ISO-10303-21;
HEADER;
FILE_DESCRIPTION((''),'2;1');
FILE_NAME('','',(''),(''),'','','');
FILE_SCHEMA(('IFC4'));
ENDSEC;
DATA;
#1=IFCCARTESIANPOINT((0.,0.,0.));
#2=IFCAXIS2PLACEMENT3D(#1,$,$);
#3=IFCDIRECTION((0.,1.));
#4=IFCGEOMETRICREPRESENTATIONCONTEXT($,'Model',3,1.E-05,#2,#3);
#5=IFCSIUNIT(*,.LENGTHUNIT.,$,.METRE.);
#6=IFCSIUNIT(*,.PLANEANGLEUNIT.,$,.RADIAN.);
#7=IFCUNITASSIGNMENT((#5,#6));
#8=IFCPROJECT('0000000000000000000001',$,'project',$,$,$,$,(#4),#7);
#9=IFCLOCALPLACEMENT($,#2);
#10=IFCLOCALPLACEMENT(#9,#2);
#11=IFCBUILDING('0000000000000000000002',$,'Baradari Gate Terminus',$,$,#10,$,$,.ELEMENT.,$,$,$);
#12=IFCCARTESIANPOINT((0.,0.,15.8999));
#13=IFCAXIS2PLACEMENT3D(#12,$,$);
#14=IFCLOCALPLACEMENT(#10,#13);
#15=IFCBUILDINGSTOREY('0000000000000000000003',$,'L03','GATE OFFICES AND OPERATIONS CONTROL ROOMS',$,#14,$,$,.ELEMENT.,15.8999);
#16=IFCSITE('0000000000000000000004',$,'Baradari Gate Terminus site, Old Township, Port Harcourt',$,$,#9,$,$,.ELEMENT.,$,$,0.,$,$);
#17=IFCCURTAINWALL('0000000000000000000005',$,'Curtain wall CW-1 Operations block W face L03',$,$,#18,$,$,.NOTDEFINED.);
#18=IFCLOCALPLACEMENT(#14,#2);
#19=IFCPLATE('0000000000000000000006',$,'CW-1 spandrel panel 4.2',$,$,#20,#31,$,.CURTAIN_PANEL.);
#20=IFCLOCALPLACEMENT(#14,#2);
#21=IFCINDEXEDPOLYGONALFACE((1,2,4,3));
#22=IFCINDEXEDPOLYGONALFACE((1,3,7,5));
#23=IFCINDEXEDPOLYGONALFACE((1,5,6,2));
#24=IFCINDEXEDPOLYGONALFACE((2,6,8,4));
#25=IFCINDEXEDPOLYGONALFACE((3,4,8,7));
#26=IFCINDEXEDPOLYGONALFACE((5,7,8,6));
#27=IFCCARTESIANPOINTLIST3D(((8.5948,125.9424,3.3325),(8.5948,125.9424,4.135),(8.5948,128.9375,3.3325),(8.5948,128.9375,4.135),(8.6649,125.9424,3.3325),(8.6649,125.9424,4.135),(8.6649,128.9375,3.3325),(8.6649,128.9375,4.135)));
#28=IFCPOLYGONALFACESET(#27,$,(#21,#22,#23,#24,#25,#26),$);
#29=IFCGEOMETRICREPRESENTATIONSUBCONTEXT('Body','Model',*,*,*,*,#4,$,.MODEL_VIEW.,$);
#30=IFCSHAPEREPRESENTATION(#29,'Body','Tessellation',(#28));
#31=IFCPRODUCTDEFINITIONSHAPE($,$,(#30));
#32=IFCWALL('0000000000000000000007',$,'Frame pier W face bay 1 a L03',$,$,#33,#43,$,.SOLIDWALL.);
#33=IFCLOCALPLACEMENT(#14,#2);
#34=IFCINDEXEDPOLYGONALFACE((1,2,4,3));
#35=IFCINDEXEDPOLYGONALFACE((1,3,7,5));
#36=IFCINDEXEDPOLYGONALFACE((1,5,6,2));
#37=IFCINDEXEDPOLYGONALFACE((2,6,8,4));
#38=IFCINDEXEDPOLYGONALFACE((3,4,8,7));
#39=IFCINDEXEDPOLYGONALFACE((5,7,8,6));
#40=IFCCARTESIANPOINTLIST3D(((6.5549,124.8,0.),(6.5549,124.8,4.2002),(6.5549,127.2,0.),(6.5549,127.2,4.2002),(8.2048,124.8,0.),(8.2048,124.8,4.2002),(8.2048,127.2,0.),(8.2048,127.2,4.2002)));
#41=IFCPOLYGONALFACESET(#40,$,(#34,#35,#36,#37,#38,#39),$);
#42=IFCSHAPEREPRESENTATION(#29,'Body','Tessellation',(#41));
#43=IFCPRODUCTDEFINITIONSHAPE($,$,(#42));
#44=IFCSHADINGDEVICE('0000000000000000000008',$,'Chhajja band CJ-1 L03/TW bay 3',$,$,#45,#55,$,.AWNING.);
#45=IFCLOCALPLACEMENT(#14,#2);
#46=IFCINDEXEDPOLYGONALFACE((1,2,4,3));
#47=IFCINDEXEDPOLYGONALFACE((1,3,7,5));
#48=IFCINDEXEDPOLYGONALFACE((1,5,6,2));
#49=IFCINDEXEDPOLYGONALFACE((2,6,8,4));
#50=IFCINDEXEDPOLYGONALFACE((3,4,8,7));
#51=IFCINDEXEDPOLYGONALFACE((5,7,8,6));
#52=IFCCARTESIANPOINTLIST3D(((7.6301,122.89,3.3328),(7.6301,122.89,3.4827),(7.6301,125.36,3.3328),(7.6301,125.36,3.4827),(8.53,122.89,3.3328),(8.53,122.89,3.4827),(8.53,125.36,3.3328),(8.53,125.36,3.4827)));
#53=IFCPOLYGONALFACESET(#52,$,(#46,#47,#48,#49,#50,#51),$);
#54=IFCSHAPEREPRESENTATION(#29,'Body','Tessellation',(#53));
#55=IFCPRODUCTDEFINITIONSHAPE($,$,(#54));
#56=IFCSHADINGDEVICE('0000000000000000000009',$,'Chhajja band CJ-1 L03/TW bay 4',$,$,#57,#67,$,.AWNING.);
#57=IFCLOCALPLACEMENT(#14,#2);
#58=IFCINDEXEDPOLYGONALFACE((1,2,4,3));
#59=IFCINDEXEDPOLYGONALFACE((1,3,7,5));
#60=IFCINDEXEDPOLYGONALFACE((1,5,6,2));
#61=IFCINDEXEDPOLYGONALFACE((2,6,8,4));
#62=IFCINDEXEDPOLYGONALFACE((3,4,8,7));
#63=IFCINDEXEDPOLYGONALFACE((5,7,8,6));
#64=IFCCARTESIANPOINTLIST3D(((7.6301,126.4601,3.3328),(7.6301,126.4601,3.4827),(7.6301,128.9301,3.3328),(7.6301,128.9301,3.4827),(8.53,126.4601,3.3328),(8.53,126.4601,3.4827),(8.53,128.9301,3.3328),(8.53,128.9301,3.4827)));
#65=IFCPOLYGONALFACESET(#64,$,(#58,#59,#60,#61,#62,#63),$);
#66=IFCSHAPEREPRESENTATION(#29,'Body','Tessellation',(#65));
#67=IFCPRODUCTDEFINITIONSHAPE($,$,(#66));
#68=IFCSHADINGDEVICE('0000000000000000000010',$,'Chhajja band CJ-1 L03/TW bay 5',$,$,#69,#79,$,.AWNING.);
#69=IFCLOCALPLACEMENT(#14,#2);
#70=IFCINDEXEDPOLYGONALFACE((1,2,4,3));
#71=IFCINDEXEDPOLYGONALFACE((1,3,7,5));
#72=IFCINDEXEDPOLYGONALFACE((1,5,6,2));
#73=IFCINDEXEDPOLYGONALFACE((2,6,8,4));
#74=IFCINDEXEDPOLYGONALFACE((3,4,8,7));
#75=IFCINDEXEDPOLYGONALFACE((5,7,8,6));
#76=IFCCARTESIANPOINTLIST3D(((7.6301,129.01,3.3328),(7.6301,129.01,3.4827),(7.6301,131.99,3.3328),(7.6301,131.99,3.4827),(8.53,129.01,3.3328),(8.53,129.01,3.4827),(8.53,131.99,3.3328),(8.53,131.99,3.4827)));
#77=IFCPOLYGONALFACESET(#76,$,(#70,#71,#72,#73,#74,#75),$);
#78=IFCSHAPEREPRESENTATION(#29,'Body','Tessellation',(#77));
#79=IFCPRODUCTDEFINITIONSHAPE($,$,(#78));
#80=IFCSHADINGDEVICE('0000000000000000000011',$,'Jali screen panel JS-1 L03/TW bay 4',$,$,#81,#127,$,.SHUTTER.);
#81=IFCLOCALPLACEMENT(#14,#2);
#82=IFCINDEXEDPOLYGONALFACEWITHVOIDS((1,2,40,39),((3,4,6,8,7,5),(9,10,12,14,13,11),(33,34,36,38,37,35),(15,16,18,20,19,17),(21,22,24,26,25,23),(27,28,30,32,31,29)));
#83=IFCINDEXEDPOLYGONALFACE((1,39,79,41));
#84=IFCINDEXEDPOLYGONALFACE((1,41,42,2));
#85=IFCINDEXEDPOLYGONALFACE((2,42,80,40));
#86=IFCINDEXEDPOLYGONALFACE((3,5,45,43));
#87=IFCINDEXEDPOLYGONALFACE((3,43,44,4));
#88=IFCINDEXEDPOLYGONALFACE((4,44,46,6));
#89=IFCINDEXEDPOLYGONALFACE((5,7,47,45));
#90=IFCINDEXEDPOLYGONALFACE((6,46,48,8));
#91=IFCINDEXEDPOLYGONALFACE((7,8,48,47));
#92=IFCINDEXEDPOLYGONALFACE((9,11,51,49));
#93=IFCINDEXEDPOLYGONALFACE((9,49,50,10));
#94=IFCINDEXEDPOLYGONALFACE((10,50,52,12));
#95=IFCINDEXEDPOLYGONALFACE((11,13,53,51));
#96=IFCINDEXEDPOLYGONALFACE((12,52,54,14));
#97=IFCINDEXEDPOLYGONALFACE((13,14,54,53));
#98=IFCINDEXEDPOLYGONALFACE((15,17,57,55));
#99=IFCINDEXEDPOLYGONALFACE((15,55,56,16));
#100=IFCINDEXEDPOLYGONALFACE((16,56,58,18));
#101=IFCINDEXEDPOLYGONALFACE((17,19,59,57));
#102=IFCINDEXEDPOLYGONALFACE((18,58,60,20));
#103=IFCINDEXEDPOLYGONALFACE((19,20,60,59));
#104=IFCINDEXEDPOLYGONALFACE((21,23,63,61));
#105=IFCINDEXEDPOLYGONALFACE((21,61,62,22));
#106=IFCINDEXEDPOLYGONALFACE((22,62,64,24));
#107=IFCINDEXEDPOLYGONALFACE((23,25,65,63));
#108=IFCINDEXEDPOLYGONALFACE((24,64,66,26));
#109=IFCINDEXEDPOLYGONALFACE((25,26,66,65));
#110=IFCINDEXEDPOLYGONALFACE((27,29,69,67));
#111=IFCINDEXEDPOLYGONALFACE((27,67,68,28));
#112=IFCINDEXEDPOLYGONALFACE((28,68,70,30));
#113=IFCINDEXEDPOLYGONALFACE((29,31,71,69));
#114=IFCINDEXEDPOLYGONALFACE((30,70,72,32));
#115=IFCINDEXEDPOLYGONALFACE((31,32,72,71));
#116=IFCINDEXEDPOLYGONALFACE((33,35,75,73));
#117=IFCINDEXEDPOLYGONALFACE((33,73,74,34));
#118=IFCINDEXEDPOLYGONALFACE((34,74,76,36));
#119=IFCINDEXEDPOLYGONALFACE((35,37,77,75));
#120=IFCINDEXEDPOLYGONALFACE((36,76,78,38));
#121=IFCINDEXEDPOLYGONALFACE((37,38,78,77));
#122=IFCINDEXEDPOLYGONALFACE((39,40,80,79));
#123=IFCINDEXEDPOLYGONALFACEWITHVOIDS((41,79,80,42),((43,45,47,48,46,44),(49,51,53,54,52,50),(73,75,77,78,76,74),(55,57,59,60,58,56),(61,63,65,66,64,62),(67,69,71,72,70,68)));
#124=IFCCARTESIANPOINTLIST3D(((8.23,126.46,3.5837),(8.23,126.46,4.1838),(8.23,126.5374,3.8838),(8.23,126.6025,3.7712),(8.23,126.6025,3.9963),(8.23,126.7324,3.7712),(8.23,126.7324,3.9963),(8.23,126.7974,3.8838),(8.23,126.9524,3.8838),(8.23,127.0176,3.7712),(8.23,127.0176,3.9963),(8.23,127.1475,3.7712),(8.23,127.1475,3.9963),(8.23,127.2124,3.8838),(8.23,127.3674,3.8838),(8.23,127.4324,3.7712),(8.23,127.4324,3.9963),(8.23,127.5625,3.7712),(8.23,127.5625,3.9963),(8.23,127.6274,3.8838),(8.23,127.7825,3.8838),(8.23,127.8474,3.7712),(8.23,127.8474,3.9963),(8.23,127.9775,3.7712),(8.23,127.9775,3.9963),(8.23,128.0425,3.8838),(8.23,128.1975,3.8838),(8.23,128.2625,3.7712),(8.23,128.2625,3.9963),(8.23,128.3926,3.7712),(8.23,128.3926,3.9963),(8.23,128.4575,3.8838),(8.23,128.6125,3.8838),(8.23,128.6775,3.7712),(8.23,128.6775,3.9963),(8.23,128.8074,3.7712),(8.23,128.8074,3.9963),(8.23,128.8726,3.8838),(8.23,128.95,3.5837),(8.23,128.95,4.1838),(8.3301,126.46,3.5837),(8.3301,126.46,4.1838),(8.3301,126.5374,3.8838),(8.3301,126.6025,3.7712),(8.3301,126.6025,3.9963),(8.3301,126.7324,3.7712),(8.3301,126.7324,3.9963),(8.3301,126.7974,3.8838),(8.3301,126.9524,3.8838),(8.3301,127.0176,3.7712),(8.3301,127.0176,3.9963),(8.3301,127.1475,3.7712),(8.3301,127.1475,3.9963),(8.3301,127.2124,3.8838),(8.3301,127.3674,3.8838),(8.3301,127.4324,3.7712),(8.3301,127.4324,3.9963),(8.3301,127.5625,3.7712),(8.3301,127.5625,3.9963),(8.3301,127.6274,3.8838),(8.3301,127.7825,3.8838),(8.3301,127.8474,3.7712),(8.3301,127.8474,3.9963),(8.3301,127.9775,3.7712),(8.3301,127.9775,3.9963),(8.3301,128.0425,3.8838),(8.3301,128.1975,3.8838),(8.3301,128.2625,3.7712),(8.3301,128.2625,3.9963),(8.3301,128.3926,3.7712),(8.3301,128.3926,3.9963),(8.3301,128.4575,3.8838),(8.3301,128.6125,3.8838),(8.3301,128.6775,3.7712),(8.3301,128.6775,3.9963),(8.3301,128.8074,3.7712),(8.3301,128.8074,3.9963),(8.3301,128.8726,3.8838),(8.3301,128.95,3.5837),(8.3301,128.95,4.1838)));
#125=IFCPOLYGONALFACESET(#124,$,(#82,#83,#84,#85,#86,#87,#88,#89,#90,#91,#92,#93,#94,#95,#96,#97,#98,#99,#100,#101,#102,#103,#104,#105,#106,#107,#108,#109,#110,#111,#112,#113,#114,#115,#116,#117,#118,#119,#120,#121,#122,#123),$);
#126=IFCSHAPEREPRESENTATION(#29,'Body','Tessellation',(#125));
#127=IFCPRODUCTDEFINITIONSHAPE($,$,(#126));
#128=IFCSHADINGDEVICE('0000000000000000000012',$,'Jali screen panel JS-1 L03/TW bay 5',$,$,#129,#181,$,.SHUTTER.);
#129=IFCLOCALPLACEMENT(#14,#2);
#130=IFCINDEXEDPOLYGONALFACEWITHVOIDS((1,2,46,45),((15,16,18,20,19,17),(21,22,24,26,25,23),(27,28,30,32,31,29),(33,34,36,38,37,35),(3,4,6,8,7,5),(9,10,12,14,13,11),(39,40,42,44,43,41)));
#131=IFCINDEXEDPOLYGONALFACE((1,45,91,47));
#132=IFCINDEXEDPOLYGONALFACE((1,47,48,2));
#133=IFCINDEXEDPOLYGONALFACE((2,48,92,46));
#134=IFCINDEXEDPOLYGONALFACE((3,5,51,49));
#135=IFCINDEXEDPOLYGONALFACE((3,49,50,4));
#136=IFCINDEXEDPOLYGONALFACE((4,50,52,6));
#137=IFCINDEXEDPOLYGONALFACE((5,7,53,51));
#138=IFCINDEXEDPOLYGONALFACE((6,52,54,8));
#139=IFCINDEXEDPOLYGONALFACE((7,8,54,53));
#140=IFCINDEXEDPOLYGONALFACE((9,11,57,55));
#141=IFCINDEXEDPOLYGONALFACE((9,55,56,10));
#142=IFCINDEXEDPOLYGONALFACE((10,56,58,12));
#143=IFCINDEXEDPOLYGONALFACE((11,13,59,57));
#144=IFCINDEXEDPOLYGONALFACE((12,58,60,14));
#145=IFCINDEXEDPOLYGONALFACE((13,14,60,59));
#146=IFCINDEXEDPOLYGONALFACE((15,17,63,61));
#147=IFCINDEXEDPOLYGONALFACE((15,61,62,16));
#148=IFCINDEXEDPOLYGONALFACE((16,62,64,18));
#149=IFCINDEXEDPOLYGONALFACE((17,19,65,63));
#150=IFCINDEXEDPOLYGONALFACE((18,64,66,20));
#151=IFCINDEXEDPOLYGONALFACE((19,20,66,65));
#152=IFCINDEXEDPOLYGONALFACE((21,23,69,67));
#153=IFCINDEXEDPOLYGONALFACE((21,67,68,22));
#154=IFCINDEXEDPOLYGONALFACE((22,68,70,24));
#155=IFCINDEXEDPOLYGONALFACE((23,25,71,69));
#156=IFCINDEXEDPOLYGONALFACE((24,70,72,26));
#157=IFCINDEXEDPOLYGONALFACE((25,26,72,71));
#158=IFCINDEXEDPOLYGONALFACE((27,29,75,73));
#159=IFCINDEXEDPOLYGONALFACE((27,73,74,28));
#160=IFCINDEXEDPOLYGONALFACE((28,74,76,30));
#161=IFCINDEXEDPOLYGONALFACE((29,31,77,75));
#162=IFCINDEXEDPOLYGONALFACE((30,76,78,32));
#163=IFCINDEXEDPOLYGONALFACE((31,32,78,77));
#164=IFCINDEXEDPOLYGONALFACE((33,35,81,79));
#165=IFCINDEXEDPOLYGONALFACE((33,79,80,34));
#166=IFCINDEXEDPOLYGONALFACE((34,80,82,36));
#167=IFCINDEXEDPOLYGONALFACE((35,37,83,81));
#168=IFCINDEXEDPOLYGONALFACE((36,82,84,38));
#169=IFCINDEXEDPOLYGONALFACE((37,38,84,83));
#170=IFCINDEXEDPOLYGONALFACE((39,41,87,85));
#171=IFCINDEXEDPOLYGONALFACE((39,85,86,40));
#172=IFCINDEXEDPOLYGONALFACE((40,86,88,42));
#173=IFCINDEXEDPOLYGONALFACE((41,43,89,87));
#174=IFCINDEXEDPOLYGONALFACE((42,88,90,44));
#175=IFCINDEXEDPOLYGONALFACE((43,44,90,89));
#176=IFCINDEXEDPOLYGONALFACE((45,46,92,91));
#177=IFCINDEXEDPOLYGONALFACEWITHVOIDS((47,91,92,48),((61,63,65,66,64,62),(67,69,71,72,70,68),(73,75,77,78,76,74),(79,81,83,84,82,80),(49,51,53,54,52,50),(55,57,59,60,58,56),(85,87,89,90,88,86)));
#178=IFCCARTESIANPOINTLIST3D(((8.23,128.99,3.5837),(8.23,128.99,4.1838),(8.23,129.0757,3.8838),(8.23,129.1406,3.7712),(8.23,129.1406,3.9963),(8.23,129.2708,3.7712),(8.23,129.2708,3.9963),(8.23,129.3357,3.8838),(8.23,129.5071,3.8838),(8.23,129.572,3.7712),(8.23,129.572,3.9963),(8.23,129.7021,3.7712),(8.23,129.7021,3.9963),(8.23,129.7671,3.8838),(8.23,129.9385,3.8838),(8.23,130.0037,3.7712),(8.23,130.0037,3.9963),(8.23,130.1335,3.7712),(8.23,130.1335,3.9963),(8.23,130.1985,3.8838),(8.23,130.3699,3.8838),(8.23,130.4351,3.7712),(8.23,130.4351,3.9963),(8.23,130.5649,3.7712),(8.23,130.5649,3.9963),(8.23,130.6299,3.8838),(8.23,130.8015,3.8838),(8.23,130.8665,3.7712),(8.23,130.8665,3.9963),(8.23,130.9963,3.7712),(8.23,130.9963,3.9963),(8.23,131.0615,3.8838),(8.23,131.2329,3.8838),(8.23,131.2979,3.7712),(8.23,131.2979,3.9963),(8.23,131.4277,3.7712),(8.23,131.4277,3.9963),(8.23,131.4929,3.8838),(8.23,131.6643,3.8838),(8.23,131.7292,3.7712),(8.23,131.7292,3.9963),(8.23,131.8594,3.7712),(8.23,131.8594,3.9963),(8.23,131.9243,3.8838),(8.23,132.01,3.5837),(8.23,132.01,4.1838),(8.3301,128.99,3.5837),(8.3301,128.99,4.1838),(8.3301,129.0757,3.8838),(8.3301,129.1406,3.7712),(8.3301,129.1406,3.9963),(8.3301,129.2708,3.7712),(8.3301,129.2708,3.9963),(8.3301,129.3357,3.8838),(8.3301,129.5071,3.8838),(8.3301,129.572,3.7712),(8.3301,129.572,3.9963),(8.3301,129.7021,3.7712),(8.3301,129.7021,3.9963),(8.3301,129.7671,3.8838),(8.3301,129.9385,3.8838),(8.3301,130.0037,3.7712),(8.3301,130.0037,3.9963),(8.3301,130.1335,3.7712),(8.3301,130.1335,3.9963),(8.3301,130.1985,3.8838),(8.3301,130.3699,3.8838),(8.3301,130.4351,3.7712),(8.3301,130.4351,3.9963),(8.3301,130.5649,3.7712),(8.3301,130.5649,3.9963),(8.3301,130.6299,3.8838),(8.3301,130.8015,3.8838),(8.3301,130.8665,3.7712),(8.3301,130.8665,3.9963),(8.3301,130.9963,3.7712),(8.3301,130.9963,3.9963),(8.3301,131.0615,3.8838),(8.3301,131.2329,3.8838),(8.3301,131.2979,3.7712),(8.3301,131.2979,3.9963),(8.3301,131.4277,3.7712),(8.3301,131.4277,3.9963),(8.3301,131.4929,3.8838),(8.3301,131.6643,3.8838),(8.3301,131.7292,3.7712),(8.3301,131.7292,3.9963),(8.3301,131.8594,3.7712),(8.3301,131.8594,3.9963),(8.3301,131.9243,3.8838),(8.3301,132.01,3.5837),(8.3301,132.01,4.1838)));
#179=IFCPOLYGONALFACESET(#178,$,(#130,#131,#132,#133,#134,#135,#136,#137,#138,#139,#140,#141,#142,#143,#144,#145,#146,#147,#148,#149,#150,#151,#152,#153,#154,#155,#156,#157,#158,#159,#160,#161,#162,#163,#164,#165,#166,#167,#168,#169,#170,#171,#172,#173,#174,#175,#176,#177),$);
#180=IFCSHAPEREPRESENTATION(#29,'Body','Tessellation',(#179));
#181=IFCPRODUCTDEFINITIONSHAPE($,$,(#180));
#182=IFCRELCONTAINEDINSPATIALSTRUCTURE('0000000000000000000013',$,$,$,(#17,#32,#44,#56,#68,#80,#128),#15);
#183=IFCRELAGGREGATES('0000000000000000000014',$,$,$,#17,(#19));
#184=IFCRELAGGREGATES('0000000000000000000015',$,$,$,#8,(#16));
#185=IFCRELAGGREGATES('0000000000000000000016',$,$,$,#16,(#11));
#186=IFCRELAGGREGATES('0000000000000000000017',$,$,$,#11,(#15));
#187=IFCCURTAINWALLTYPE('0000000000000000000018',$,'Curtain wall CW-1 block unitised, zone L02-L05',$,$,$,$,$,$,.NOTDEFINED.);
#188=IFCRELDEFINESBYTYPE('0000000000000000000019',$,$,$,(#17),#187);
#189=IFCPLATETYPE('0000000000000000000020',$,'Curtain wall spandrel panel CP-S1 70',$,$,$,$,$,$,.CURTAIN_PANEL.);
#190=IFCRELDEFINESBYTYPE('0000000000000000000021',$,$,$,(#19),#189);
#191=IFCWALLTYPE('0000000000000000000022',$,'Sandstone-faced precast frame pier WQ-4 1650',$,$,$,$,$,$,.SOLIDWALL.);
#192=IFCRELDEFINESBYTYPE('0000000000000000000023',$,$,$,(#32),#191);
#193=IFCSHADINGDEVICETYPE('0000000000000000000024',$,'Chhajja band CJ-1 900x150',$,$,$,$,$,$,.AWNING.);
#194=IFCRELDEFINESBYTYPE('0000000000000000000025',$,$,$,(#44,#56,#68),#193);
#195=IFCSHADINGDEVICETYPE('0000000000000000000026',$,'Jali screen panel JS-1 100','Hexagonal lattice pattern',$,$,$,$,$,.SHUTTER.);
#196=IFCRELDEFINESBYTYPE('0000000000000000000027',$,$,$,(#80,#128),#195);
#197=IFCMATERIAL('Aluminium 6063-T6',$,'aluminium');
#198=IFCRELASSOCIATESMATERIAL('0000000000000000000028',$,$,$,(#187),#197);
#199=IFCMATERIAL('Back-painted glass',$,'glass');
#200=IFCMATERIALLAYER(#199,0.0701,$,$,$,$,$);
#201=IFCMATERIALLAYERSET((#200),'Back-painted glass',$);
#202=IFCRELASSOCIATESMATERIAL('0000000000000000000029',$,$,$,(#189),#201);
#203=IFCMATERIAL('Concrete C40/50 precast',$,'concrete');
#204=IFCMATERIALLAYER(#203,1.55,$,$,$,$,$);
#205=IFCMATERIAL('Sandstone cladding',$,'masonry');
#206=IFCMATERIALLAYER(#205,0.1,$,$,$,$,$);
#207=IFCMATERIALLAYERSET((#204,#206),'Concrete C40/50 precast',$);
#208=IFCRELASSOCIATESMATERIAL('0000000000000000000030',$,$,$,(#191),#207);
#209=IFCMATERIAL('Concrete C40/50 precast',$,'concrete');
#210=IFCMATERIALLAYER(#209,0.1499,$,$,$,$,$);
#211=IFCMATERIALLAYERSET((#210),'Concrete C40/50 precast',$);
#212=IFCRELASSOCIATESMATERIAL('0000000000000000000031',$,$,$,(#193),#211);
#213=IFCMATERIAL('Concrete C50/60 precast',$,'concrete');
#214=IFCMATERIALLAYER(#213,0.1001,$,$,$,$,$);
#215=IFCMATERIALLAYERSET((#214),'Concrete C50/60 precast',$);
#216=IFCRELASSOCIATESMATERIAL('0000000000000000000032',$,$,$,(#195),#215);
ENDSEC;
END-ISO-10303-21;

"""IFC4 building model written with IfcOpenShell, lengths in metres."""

from ifc_helpers import new_model, si_unit, direction, frame, frame_2d, origin, origin_2d, place, context, subcontext, project, spatial, polyline, rectangle, outline, extrude, material, layer, layer_set, type_object, element, aggregate, save


model = new_model("IFC4")

# Units and contexts
model_context = context("Model", 3, precision=1e-05, world=origin(), true_north=direction((0.0, 1.0)))
body_context = subcontext(model_context, "Body", "Model", "MODEL_VIEW")
ifc_project = project(units=[si_unit("LENGTHUNIT", "METRE"), si_unit("PLANEANGLEUNIT", "RADIAN")], contexts=[model_context])

# Site, building, storey
site_placement = place(None, origin())
site = spatial("IfcSite", under=ifc_project, at=site_placement, Name="Baradari Gate Terminus site, Old Township, Port Harcourt", CompositionType="ELEMENT", RefElevation=0.0)
building_placement = place(site_placement, origin())
building = spatial("IfcBuilding", under=site, at=building_placement, Name="Baradari Gate Terminus", CompositionType="ELEMENT")
storey_placement = place(building_placement, frame((0.0, 0.0, 15.8999)))
storey = spatial("IfcBuildingStorey", under=building, at=storey_placement, Name="L03", Description="GATE OFFICES AND OPERATIONS CONTROL ROOMS", CompositionType="ELEMENT", Elevation=15.8999)

# Curtain wall, plate
ifc_material_1 = material(Name="Aluminium 6063-T6", Category="aluminium")
curtain_wall_type = type_object("IfcCurtainWallType", Name="Curtain wall CW-1 block unitised, zone L02-L05", PredefinedType="NOTDEFINED", material=ifc_material_1)
curtain_wall_placement = place(storey_placement, origin())
curtain_wall = element("IfcCurtainWall", 1, at=curtain_wall_placement, inside=storey, type_object=curtain_wall_type, Name="Curtain wall CW-1 Operations block W face L03", PredefinedType="NOTDEFINED")
ifc_material_2 = material(Name="Back-painted glass", Category="glass")
ifc_layer_1 = layer(ifc_material_2, 0.0701)
ifc_layer_set_1 = layer_set([ifc_layer_1], Name="Back-painted glass")
plate_type_1 = type_object("IfcPlateType", Name="Curtain wall spandrel panel CP-S1 70", PredefinedType="CURTAIN_PANEL", material=ifc_layer_set_1)
plate_1_placement = place(storey_placement, frame((8.6299, 127.4399, 3.3325), z_axis=(0.0, 0.0, 1.0), x_axis=(0.0, 1.0, 0.0)))
plate_1 = element("IfcPlate", 2, at=plate_1_placement, type_object=plate_type_1, Name="CW-1 spandrel panel 4.2", PredefinedType="CURTAIN_PANEL", context=body_context, shape_type="SweptSolid", body=[
    extrude(rectangle(XDim=2.9951, YDim=0.0701, at=origin_2d()), origin(), (0.0, 0.0, 1.0), 0.8025),
])
aggregate(curtain_wall, [plate_1])

# Wall
ifc_material_3 = material(Name="Concrete C40/50 precast", Category="concrete")
ifc_layer_2 = layer(ifc_material_3, 1.55)
ifc_material_4 = material(Name="Sandstone cladding", Category="masonry")
ifc_layer_3 = layer(ifc_material_4, 0.1)
ifc_layer_set_2 = layer_set([ifc_layer_2, ifc_layer_3], Name="Concrete C40/50 precast")
wall_type = type_object("IfcWallType", Name="Sandstone-faced precast frame pier WQ-4 1650", PredefinedType="SOLIDWALL", material=ifc_layer_set_2)
wall_placement = place(storey_placement, frame((7.3799, 124.8, 0.0), z_axis=(0.0, 0.0, 1.0), x_axis=(0.0, 1.0, 0.0)))
element("IfcWall", 3, at=wall_placement, inside=storey, type_object=wall_type, Name="Frame pier W face bay 1 a L03", PredefinedType="SOLIDWALL", context=body_context, shape_type="SweptSolid", body=[
    extrude(rectangle(XDim=2.3999, YDim=1.6499, at=frame_2d((1.2, 0.0))), origin(), (0.0, 0.0, 1.0), 4.2002),
])

# Shading devices
ifc_material_5 = material(Name="Concrete C40/50 precast", Category="concrete")
ifc_layer_4 = layer(ifc_material_5, 0.1499)
ifc_layer_set_3 = layer_set([ifc_layer_4], Name="Concrete C40/50 precast")
shading_device_type_1 = type_object("IfcShadingDeviceType", Name="Chhajja band CJ-1 900x150", PredefinedType="AWNING", material=ifc_layer_set_3)
for number, where, z_axis, x_axis, name in (
    (4, (8.0801, 124.125, 3.3328), (0.0, 0.0, 1.0), (0.0, 1.0, 0.0), "Chhajja band CJ-1 L03/TW bay 3"),
    (5, (8.0801, 127.6951, 3.3328), (0.0, 0.0, 1.0), (0.0, 1.0, 0.0), "Chhajja band CJ-1 L03/TW bay 4"),
):
    element("IfcShadingDevice", number, at=place(storey_placement, frame(where, z_axis=z_axis, x_axis=x_axis)), inside=storey, type_object=shading_device_type_1, Name=name, PredefinedType="AWNING", context=body_context, shape_type="SweptSolid", body=[
        extrude(rectangle(XDim=2.47, YDim=0.8999, at=origin_2d()), origin(), (0.0, 0.0, 1.0), 0.1499),
    ])
shading_device_1_placement = place(storey_placement, frame((8.0801, 130.5, 3.3328), z_axis=(0.0, 0.0, 1.0), x_axis=(0.0, 1.0, 0.0)))
element("IfcShadingDevice", 6, at=shading_device_1_placement, inside=storey, type_object=shading_device_type_1, Name="Chhajja band CJ-1 L03/TW bay 5", PredefinedType="AWNING", context=body_context, shape_type="SweptSolid", body=[
    extrude(rectangle(XDim=2.98, YDim=0.8999, at=origin_2d()), origin(), (0.0, 0.0, 1.0), 0.1499),
])
ifc_material_6 = material(Name="Concrete C50/60 precast", Category="concrete")
ifc_layer_5 = layer(ifc_material_6, 0.1001)
ifc_layer_set_4 = layer_set([ifc_layer_5], Name="Concrete C50/60 precast")
shading_device_type_2 = type_object("IfcShadingDeviceType", Name="Jali screen panel JS-1 100", Description="Hexagonal lattice pattern", PredefinedType="SHUTTER", material=ifc_layer_set_4)
shading_device_2_placement = place(storey_placement, frame((8.28, 126.46, 3.5837), z_axis=(0.0, 0.0, 1.0), x_axis=(0.0, 1.0, 0.0)))
element("IfcShadingDevice", 7, at=shading_device_2_placement, inside=storey, type_object=shading_device_type_2, Name="Jali screen panel JS-1 L03/TW bay 4", PredefinedType="SHUTTER", context=body_context, shape_type="SweptSolid", body=[
    extrude(outline(polyline([(0.0, 0.0), (2.49, 0.0), (2.49, 0.6001), (0.0, 0.6001), (0.0, 0.0)]), holes=[polyline([(0.3374, 0.3), (0.2725, 0.1875), (0.1426, 0.1875), (0.0774, 0.3), (0.1426, 0.4126), (0.2725, 0.4126), (0.3374, 0.3)]), polyline([(0.7524, 0.3), (0.6875, 0.1875), (0.5576, 0.1875), (0.4924, 0.3), (0.5576, 0.4126), (0.6875, 0.4126), (0.7524, 0.3)]), polyline([(1.1675, 0.3), (1.1025, 0.1875), (0.9724, 0.1875), (0.9075, 0.3), (0.9724, 0.4126), (1.1025, 0.4126), (1.1675, 0.3)]), polyline([(1.5825, 0.3), (1.5176, 0.1875), (1.3875, 0.1875), (1.3225, 0.3), (1.3875, 0.4126), (1.5176, 0.4126), (1.5825, 0.3)]), polyline([(1.9976, 0.3), (1.9326, 0.1875), (1.8025, 0.1875), (1.7375, 0.3), (1.8025, 0.4126), (1.9326, 0.4126), (1.9976, 0.3)]), polyline([(2.4126, 0.3), (2.3474, 0.1875), (2.2175, 0.1875), (2.1526, 0.3), (2.2175, 0.4126), (2.3474, 0.4126), (2.4126, 0.3)])]), frame((0.0, 0.05, 0.0), z_axis=(0.0, -1.0, 0.0), x_axis=(1.0, 0.0, 0.0)), (0.0, 0.0, 1.0), 0.1001),
])
shading_device_3_placement = place(storey_placement, frame((8.28, 128.99, 3.5837), z_axis=(0.0, 0.0, 1.0), x_axis=(0.0, 1.0, 0.0)))
element("IfcShadingDevice", 8, at=shading_device_3_placement, inside=storey, type_object=shading_device_type_2, Name="Jali screen panel JS-1 L03/TW bay 5", PredefinedType="SHUTTER", context=body_context, shape_type="SweptSolid", body=[
    extrude(outline(polyline([(0.0, 0.0), (3.02, 0.0), (3.02, 0.6001), (0.0, 0.6001), (0.0, 0.0)]), holes=[polyline([(0.3457, 0.3), (0.2808, 0.1875), (0.1506, 0.1875), (0.0857, 0.3), (0.1506, 0.4126), (0.2808, 0.4126), (0.3457, 0.3)]), polyline([(0.7771, 0.3), (0.7122, 0.1875), (0.582, 0.1875), (0.5171, 0.3), (0.582, 0.4126), (0.7122, 0.4126), (0.7771, 0.3)]), polyline([(1.2085, 0.3), (1.1436, 0.1875), (1.0137, 0.1875), (0.9485, 0.3), (1.0137, 0.4126), (1.1436, 0.4126), (1.2085, 0.3)]), polyline([(1.6399, 0.3), (1.575, 0.1875), (1.4451, 0.1875), (1.3799, 0.3), (1.4451, 0.4126), (1.575, 0.4126), (1.6399, 0.3)]), polyline([(2.0715, 0.3), (2.0063, 0.1875), (1.8765, 0.1875), (1.8115, 0.3), (1.8765, 0.4126), (2.0063, 0.4126), (2.0715, 0.3)]), polyline([(2.5029, 0.3), (2.4377, 0.1875), (2.3079, 0.1875), (2.2429, 0.3), (2.3079, 0.4126), (2.4377, 0.4126), (2.5029, 0.3)]), polyline([(2.9343, 0.3), (2.8694, 0.1875), (2.7393, 0.1875), (2.6743, 0.3), (2.7393, 0.4126), (2.8694, 0.4126), (2.9343, 0.3)])]), frame((0.0, 0.05, 0.0), z_axis=(0.0, -1.0, 0.0), x_axis=(1.0, 0.0, 0.0)), (0.0, 0.0, 1.0), 0.1001),
])

save(model, "model.ifc")
